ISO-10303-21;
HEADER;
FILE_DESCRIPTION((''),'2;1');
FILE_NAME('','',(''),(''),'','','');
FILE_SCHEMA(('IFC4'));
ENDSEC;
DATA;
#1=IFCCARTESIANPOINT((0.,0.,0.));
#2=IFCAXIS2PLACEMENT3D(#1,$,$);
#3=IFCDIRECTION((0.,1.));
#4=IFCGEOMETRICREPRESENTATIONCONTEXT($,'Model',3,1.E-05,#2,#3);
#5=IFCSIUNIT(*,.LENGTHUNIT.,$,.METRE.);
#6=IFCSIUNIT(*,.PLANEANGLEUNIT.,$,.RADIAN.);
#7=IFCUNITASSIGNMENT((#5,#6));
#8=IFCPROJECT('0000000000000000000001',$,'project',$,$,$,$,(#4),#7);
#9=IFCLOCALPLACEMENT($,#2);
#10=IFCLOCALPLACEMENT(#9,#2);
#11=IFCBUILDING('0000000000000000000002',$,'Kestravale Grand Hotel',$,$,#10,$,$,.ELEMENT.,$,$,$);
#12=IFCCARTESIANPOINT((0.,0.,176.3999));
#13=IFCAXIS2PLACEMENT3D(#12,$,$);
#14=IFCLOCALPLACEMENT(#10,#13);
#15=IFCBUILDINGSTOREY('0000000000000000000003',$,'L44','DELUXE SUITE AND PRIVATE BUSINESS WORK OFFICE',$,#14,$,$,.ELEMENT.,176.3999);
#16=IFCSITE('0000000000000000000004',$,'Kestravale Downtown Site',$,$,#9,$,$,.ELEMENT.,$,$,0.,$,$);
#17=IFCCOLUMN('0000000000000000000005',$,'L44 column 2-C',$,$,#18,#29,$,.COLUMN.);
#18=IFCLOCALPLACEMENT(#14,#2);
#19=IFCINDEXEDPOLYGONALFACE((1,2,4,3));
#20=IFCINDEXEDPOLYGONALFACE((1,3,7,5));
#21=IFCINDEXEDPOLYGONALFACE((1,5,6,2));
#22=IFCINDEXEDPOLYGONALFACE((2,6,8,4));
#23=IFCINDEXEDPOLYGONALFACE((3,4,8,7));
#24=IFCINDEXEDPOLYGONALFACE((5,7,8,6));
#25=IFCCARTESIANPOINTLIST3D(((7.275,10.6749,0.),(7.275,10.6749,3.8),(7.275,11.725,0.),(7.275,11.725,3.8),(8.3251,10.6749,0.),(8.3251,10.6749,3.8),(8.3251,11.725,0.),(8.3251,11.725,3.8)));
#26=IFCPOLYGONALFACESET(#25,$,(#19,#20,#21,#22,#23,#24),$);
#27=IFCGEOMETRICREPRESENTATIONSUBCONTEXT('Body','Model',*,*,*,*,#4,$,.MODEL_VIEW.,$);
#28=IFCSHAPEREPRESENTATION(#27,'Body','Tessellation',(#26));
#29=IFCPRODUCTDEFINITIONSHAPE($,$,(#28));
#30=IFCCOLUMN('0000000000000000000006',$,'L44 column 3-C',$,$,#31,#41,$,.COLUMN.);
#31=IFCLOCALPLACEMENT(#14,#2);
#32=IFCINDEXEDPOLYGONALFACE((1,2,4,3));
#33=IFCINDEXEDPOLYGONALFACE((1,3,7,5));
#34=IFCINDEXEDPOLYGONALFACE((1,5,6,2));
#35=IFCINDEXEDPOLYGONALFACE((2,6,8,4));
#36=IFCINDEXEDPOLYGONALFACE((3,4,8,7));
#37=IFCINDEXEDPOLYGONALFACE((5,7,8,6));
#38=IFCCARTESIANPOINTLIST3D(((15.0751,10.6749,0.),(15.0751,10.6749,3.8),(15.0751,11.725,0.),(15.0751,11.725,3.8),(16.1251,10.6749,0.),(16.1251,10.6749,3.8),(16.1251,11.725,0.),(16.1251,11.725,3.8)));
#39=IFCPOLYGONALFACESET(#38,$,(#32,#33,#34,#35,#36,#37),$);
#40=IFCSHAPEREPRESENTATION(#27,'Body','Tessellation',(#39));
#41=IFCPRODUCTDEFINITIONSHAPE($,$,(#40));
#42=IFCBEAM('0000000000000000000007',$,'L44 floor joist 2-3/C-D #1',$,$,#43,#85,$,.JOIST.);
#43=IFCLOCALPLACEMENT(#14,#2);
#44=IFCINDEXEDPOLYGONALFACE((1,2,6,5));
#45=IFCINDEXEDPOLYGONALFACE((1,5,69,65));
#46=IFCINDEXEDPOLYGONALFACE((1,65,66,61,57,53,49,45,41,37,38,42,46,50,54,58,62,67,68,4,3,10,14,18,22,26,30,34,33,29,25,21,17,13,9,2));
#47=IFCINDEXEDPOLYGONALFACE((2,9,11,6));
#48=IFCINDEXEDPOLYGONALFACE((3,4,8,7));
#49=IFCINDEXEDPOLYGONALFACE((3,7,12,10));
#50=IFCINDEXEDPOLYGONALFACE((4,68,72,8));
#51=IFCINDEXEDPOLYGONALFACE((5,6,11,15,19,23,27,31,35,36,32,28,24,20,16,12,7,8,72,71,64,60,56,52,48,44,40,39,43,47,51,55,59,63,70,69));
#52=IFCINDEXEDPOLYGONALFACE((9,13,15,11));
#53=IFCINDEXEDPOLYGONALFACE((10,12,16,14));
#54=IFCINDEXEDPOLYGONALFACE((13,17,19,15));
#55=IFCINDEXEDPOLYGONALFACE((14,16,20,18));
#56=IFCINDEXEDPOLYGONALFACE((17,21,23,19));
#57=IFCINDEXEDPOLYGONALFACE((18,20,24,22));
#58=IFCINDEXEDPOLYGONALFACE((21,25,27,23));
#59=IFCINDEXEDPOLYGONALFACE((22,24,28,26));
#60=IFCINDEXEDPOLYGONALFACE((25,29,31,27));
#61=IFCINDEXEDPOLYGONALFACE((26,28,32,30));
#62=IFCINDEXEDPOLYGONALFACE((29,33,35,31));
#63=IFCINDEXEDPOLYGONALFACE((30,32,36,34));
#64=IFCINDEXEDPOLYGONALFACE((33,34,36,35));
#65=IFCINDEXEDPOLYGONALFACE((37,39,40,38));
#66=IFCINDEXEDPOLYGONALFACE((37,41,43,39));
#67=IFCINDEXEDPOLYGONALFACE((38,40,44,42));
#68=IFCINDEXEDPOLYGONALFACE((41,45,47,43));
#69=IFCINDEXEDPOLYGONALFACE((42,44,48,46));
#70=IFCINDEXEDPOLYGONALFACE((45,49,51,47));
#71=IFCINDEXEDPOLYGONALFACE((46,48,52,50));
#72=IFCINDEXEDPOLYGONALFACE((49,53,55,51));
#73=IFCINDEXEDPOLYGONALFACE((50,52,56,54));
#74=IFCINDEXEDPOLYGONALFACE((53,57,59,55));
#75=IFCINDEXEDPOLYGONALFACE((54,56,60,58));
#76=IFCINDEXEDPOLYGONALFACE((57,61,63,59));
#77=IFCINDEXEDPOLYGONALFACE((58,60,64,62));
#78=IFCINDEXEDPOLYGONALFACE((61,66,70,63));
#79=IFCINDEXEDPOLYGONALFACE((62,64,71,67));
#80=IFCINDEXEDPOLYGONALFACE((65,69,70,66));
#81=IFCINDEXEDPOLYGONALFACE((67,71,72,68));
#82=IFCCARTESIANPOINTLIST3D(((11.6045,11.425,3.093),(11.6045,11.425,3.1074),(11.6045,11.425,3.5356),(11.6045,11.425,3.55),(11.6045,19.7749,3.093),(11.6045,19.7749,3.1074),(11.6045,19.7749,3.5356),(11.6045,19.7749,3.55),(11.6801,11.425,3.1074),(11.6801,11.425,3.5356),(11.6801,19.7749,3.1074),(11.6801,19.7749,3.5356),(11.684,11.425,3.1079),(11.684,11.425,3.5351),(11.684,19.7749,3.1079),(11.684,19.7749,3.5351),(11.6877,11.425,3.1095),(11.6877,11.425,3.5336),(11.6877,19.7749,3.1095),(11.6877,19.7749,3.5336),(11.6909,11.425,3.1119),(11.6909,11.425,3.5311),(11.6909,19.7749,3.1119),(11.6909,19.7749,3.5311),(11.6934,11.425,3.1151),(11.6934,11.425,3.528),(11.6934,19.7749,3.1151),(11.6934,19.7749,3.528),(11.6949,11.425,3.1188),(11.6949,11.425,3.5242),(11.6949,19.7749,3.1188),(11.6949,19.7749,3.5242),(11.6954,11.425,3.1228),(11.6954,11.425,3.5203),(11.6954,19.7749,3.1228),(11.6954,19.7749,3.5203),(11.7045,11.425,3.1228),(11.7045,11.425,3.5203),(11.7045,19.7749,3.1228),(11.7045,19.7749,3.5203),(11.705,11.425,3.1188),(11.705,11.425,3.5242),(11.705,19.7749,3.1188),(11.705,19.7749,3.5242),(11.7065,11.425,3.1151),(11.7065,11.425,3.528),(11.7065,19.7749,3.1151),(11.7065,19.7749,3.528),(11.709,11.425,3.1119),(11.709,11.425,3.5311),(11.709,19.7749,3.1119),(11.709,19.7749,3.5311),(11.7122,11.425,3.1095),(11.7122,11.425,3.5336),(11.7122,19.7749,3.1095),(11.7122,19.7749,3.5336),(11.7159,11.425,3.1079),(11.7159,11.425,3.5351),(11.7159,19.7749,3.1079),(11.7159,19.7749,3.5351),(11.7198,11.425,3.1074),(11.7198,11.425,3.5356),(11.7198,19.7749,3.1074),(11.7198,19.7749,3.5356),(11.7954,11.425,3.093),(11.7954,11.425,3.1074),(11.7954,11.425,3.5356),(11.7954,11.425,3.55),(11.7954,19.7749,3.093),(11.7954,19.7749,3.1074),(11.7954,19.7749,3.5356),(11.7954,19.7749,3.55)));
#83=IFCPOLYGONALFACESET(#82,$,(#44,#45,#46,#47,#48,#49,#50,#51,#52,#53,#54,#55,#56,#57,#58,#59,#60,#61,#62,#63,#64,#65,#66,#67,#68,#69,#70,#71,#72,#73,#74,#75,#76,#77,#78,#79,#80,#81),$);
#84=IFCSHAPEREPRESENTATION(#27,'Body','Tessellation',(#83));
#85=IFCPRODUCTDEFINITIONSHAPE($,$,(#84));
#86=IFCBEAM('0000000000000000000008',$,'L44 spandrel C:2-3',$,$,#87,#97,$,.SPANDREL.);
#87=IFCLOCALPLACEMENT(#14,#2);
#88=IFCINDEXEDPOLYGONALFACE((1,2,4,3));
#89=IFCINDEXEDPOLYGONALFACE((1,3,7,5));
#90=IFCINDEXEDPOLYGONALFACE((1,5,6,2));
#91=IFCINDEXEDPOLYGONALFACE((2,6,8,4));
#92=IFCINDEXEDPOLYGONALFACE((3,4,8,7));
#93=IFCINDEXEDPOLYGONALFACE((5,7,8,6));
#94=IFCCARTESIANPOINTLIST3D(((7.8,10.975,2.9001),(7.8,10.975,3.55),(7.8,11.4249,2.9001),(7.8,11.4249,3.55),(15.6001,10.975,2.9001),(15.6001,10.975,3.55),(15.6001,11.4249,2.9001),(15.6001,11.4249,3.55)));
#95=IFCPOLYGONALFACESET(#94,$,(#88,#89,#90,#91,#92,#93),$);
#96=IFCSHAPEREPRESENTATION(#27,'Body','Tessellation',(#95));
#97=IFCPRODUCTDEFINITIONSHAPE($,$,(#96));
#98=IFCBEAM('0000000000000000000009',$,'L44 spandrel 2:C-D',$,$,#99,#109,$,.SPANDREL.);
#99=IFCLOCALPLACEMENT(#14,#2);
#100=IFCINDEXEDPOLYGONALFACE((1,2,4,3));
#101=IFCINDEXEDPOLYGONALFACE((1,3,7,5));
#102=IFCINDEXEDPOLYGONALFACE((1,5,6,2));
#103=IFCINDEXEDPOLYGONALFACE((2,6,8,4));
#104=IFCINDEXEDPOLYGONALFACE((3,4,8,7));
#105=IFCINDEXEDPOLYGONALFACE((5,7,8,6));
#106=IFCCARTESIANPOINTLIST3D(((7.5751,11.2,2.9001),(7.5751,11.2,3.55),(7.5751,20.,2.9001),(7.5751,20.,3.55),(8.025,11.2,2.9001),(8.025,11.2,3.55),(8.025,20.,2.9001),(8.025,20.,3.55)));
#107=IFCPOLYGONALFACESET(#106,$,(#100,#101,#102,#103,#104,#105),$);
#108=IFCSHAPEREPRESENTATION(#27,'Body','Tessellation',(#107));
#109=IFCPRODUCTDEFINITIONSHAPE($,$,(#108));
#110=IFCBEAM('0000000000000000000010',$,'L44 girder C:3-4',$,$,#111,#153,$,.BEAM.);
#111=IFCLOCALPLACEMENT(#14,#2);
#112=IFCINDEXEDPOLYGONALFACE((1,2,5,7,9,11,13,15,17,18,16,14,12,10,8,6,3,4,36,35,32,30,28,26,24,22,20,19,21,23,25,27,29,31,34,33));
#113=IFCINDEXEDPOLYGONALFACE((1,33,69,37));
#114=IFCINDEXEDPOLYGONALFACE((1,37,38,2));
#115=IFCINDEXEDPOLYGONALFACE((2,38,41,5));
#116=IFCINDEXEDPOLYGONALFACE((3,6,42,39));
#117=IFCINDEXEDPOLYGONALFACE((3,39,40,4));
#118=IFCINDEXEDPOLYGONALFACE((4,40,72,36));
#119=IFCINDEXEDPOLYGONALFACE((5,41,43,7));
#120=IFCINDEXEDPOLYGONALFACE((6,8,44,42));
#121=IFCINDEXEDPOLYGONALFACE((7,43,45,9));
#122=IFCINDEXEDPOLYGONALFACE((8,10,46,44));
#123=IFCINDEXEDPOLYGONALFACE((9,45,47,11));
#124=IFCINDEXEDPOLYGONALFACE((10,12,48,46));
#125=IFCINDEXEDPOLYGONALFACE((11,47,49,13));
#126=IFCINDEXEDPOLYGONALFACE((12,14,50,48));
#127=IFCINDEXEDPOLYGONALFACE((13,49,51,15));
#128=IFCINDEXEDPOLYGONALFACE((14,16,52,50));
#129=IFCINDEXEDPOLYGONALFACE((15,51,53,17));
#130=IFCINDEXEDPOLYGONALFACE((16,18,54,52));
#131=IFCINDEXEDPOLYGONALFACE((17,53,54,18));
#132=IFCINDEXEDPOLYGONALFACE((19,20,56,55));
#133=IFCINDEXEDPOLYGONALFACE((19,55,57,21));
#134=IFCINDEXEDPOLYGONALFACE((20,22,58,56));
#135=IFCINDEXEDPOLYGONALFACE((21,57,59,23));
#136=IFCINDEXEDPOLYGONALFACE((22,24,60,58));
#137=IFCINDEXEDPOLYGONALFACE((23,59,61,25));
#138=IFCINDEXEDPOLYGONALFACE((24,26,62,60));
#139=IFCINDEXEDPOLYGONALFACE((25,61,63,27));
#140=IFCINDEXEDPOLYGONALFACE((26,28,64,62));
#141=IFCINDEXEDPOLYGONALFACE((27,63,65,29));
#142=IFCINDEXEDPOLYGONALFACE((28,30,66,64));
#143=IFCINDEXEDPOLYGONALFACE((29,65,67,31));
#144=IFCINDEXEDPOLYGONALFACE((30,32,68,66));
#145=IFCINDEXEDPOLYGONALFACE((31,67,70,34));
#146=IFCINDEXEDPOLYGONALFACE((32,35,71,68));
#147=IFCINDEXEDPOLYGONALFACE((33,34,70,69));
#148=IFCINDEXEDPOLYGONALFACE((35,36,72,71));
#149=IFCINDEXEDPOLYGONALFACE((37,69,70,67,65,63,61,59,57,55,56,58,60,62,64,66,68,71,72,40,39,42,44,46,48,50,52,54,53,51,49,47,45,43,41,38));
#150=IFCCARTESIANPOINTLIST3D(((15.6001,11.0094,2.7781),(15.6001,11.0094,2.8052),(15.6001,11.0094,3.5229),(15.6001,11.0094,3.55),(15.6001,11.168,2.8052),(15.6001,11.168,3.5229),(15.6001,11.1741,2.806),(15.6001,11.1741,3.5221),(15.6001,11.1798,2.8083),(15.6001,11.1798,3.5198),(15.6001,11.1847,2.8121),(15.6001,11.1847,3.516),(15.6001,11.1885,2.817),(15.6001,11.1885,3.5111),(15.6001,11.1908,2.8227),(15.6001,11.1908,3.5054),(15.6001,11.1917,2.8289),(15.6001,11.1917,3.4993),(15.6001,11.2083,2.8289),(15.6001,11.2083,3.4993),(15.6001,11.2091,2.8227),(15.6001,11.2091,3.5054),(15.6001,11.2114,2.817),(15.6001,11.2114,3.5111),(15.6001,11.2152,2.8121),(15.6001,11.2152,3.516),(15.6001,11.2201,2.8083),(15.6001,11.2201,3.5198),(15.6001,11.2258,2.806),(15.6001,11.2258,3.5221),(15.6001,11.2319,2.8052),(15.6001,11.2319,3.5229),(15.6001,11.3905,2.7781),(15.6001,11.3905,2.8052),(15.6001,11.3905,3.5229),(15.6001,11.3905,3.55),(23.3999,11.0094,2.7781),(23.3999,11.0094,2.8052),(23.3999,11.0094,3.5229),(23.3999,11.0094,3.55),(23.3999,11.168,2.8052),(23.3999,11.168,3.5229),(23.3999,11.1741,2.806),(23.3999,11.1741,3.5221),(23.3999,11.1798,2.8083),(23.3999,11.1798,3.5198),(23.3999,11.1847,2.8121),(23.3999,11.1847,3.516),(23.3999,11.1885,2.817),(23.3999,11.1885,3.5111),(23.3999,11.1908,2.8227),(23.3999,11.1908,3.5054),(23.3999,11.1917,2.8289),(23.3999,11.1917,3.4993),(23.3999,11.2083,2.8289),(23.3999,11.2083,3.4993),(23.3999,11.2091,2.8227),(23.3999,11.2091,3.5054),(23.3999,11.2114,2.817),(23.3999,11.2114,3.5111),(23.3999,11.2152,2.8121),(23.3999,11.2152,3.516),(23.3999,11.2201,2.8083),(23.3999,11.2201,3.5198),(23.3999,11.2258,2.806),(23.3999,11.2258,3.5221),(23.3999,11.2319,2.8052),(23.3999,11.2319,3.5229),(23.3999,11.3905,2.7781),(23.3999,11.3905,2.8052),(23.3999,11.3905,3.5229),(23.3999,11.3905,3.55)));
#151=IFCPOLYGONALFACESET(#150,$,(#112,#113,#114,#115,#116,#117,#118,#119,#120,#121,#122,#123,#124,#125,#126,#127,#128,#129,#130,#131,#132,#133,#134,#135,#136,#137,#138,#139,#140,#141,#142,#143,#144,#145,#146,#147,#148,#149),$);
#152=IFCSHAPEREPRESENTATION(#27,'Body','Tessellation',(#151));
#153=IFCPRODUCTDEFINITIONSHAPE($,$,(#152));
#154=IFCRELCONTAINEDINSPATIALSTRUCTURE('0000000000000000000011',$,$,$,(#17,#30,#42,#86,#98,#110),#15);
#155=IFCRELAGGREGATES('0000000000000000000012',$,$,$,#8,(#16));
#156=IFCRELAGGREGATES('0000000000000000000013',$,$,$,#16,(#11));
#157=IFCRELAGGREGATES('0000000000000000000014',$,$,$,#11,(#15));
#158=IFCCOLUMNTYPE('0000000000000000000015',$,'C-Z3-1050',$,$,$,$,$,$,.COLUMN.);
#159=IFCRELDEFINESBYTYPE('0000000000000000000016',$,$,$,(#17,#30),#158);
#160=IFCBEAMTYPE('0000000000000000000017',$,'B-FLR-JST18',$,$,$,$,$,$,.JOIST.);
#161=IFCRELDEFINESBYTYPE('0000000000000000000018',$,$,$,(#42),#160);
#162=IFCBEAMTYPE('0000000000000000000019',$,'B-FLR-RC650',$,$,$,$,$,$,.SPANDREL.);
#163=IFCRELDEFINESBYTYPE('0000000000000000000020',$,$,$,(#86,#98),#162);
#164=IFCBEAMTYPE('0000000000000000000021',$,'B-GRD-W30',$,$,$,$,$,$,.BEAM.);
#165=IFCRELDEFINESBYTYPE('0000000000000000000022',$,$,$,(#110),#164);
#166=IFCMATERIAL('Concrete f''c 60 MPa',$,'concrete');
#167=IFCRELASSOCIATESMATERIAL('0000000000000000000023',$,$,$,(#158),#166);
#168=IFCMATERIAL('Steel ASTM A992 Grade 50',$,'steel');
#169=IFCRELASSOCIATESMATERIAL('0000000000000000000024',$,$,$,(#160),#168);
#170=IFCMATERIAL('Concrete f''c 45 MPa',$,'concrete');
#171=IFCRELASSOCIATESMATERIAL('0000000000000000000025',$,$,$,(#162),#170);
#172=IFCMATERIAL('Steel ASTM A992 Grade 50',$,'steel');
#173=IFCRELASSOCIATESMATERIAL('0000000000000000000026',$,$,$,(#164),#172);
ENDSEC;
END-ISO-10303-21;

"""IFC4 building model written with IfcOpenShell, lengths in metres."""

from ifc_helpers import new_model, si_unit, direction, frame, origin, origin_2d, place, context, subcontext, project, spatial, rectangle, i_section, extrude, material, material_profile, profile_set, type_object, element, save


model = new_model("IFC4")

# Units and contexts
model_context = context("Model", 3, precision=1e-05, world=origin(), true_north=direction((0.0, 1.0)))
body_context = subcontext(model_context, "Body", "Model", "MODEL_VIEW")
ifc_project = project(units=[si_unit("LENGTHUNIT", "METRE"), si_unit("PLANEANGLEUNIT", "RADIAN")], contexts=[model_context])

# Site, building, storey
site_placement = place(None, origin())
site = spatial("IfcSite", under=ifc_project, at=site_placement, Name="Kestravale Downtown Site", CompositionType="ELEMENT", RefElevation=0.0)
building_placement = place(site_placement, origin())
building = spatial("IfcBuilding", under=site, at=building_placement, Name="Kestravale Grand Hotel", CompositionType="ELEMENT")
storey_placement = place(building_placement, frame((0.0, 0.0, 176.3999)))
storey = spatial("IfcBuildingStorey", under=building, at=storey_placement, Name="L44", Description="DELUXE SUITE AND PRIVATE BUSINESS WORK OFFICE", CompositionType="ELEMENT", Elevation=176.3999)

# Columns
ifc_material_1 = material(Name="Concrete f'c 60 MPa", Category="concrete")
ifc_material_profile_1 = material_profile(ifc_material_1, rectangle(XDim=1.05, YDim=1.05, at=origin_2d()))
ifc_profile_set_1 = profile_set([ifc_material_profile_1], Name="Concrete f'c 60 MPa")
column_type = type_object("IfcColumnType", Name="C-Z3-1050", PredefinedType="COLUMN", material=ifc_profile_set_1)
for number, where, z_axis, x_axis, name in (
    (1, (7.8, 11.2, 0.0), (0.0, 0.0, 1.0), (1.0, 0.0, 0.0), "L44 column 2-C"),
    (2, (15.6001, 11.2, 0.0), (0.0, 0.0, 1.0), (1.0, 0.0, 0.0), "L44 column 3-C"),
):
    element("IfcColumn", number, at=place(storey_placement, frame(where, z_axis=z_axis, x_axis=x_axis)), inside=storey, type_object=column_type, Name=name, PredefinedType="COLUMN", context=body_context, shape_type="SweptSolid", body=[
        extrude(rectangle(XDim=1.05, YDim=1.05, at=origin_2d()), origin(), (0.0, 0.0, 1.0), 3.8),
    ])

# Beams
ifc_material_2 = material(Name="Steel ASTM A992 Grade 50", Category="steel")
ifc_material_profile_2 = material_profile(ifc_material_2, i_section(OverallWidth=0.1909, OverallDepth=0.457, WebThickness=0.009, FlangeThickness=0.0144, FilletRadius=0.0154, at=origin_2d()))
ifc_profile_set_2 = profile_set([ifc_material_profile_2], Name="Steel ASTM A992 Grade 50")
beam_type_1 = type_object("IfcBeamType", Name="B-FLR-JST18", PredefinedType="JOIST", material=ifc_profile_set_2)
beam_1_placement = place(storey_placement, frame((11.7, 11.425, 3.3215), z_axis=(0.0, 1.0, 0.0), x_axis=(-1.0, 0.0, 0.0)))
element("IfcBeam", 3, at=beam_1_placement, inside=storey, type_object=beam_type_1, Name="L44 floor joist 2-3/C-D #1", PredefinedType="JOIST", context=body_context, shape_type="SweptSolid", body=[
    extrude(i_section(OverallWidth=0.1909, OverallDepth=0.457, WebThickness=0.009, FlangeThickness=0.0144, FilletRadius=0.0154, at=origin_2d()), origin(), (0.0, 0.0, 1.0), 8.3499),
])
ifc_material_3 = material(Name="Concrete f'c 45 MPa", Category="concrete")
ifc_material_profile_3 = material_profile(ifc_material_3, rectangle(XDim=0.45, YDim=0.6499, at=origin_2d()))
ifc_profile_set_3 = profile_set([ifc_material_profile_3], Name="Concrete f'c 45 MPa")
beam_type_2 = type_object("IfcBeamType", Name="B-FLR-RC650", PredefinedType="SPANDREL", material=ifc_profile_set_3)
beam_2_placement = place(storey_placement, frame((7.8, 11.2, 3.2251), z_axis=(1.0, 0.0, 0.0), x_axis=(0.0, 1.0, 0.0)))
element("IfcBeam", 4, at=beam_2_placement, inside=storey, type_object=beam_type_2, Name="L44 spandrel C:2-3", PredefinedType="SPANDREL", context=body_context, shape_type="SweptSolid", body=[
    extrude(rectangle(XDim=0.45, YDim=0.6499, at=origin_2d()), origin(), (0.0, 0.0, 1.0), 7.8),
])
beam_3_placement = place(storey_placement, frame((7.8, 11.2, 3.2251), z_axis=(0.0, 1.0, 0.0), x_axis=(-1.0, 0.0, 0.0)))
element("IfcBeam", 5, at=beam_3_placement, inside=storey, type_object=beam_type_2, Name="L44 spandrel 2:C-D", PredefinedType="SPANDREL", context=body_context, shape_type="SweptSolid", body=[
    extrude(rectangle(XDim=0.45, YDim=0.6499, at=origin_2d()), origin(), (0.0, 0.0, 1.0), 8.8),
])
ifc_material_4 = material(Name="Steel ASTM A992 Grade 50", Category="steel")
ifc_material_profile_4 = material_profile(ifc_material_4, i_section(OverallWidth=0.3811, OverallDepth=0.772, WebThickness=0.0166, FlangeThickness=0.0271, FilletRadius=0.0237, at=origin_2d()))
ifc_profile_set_4 = profile_set([ifc_material_profile_4], Name="Steel ASTM A992 Grade 50")
beam_type_3 = type_object("IfcBeamType", Name="B-GRD-W30", PredefinedType="BEAM", material=ifc_profile_set_4)
beam_4_placement = place(storey_placement, frame((15.6001, 11.2, 3.1641), z_axis=(1.0, 0.0, 0.0), x_axis=(0.0, 1.0, 0.0)))
element("IfcBeam", 6, at=beam_4_placement, inside=storey, type_object=beam_type_3, Name="L44 girder C:3-4", PredefinedType="BEAM", context=body_context, shape_type="SweptSolid", body=[
    extrude(i_section(OverallWidth=0.3811, OverallDepth=0.772, WebThickness=0.0166, FlangeThickness=0.0271, FilletRadius=0.0237, at=origin_2d()), origin(), (0.0, 0.0, 1.0), 7.7998),
])

save(model, "model.ifc")
